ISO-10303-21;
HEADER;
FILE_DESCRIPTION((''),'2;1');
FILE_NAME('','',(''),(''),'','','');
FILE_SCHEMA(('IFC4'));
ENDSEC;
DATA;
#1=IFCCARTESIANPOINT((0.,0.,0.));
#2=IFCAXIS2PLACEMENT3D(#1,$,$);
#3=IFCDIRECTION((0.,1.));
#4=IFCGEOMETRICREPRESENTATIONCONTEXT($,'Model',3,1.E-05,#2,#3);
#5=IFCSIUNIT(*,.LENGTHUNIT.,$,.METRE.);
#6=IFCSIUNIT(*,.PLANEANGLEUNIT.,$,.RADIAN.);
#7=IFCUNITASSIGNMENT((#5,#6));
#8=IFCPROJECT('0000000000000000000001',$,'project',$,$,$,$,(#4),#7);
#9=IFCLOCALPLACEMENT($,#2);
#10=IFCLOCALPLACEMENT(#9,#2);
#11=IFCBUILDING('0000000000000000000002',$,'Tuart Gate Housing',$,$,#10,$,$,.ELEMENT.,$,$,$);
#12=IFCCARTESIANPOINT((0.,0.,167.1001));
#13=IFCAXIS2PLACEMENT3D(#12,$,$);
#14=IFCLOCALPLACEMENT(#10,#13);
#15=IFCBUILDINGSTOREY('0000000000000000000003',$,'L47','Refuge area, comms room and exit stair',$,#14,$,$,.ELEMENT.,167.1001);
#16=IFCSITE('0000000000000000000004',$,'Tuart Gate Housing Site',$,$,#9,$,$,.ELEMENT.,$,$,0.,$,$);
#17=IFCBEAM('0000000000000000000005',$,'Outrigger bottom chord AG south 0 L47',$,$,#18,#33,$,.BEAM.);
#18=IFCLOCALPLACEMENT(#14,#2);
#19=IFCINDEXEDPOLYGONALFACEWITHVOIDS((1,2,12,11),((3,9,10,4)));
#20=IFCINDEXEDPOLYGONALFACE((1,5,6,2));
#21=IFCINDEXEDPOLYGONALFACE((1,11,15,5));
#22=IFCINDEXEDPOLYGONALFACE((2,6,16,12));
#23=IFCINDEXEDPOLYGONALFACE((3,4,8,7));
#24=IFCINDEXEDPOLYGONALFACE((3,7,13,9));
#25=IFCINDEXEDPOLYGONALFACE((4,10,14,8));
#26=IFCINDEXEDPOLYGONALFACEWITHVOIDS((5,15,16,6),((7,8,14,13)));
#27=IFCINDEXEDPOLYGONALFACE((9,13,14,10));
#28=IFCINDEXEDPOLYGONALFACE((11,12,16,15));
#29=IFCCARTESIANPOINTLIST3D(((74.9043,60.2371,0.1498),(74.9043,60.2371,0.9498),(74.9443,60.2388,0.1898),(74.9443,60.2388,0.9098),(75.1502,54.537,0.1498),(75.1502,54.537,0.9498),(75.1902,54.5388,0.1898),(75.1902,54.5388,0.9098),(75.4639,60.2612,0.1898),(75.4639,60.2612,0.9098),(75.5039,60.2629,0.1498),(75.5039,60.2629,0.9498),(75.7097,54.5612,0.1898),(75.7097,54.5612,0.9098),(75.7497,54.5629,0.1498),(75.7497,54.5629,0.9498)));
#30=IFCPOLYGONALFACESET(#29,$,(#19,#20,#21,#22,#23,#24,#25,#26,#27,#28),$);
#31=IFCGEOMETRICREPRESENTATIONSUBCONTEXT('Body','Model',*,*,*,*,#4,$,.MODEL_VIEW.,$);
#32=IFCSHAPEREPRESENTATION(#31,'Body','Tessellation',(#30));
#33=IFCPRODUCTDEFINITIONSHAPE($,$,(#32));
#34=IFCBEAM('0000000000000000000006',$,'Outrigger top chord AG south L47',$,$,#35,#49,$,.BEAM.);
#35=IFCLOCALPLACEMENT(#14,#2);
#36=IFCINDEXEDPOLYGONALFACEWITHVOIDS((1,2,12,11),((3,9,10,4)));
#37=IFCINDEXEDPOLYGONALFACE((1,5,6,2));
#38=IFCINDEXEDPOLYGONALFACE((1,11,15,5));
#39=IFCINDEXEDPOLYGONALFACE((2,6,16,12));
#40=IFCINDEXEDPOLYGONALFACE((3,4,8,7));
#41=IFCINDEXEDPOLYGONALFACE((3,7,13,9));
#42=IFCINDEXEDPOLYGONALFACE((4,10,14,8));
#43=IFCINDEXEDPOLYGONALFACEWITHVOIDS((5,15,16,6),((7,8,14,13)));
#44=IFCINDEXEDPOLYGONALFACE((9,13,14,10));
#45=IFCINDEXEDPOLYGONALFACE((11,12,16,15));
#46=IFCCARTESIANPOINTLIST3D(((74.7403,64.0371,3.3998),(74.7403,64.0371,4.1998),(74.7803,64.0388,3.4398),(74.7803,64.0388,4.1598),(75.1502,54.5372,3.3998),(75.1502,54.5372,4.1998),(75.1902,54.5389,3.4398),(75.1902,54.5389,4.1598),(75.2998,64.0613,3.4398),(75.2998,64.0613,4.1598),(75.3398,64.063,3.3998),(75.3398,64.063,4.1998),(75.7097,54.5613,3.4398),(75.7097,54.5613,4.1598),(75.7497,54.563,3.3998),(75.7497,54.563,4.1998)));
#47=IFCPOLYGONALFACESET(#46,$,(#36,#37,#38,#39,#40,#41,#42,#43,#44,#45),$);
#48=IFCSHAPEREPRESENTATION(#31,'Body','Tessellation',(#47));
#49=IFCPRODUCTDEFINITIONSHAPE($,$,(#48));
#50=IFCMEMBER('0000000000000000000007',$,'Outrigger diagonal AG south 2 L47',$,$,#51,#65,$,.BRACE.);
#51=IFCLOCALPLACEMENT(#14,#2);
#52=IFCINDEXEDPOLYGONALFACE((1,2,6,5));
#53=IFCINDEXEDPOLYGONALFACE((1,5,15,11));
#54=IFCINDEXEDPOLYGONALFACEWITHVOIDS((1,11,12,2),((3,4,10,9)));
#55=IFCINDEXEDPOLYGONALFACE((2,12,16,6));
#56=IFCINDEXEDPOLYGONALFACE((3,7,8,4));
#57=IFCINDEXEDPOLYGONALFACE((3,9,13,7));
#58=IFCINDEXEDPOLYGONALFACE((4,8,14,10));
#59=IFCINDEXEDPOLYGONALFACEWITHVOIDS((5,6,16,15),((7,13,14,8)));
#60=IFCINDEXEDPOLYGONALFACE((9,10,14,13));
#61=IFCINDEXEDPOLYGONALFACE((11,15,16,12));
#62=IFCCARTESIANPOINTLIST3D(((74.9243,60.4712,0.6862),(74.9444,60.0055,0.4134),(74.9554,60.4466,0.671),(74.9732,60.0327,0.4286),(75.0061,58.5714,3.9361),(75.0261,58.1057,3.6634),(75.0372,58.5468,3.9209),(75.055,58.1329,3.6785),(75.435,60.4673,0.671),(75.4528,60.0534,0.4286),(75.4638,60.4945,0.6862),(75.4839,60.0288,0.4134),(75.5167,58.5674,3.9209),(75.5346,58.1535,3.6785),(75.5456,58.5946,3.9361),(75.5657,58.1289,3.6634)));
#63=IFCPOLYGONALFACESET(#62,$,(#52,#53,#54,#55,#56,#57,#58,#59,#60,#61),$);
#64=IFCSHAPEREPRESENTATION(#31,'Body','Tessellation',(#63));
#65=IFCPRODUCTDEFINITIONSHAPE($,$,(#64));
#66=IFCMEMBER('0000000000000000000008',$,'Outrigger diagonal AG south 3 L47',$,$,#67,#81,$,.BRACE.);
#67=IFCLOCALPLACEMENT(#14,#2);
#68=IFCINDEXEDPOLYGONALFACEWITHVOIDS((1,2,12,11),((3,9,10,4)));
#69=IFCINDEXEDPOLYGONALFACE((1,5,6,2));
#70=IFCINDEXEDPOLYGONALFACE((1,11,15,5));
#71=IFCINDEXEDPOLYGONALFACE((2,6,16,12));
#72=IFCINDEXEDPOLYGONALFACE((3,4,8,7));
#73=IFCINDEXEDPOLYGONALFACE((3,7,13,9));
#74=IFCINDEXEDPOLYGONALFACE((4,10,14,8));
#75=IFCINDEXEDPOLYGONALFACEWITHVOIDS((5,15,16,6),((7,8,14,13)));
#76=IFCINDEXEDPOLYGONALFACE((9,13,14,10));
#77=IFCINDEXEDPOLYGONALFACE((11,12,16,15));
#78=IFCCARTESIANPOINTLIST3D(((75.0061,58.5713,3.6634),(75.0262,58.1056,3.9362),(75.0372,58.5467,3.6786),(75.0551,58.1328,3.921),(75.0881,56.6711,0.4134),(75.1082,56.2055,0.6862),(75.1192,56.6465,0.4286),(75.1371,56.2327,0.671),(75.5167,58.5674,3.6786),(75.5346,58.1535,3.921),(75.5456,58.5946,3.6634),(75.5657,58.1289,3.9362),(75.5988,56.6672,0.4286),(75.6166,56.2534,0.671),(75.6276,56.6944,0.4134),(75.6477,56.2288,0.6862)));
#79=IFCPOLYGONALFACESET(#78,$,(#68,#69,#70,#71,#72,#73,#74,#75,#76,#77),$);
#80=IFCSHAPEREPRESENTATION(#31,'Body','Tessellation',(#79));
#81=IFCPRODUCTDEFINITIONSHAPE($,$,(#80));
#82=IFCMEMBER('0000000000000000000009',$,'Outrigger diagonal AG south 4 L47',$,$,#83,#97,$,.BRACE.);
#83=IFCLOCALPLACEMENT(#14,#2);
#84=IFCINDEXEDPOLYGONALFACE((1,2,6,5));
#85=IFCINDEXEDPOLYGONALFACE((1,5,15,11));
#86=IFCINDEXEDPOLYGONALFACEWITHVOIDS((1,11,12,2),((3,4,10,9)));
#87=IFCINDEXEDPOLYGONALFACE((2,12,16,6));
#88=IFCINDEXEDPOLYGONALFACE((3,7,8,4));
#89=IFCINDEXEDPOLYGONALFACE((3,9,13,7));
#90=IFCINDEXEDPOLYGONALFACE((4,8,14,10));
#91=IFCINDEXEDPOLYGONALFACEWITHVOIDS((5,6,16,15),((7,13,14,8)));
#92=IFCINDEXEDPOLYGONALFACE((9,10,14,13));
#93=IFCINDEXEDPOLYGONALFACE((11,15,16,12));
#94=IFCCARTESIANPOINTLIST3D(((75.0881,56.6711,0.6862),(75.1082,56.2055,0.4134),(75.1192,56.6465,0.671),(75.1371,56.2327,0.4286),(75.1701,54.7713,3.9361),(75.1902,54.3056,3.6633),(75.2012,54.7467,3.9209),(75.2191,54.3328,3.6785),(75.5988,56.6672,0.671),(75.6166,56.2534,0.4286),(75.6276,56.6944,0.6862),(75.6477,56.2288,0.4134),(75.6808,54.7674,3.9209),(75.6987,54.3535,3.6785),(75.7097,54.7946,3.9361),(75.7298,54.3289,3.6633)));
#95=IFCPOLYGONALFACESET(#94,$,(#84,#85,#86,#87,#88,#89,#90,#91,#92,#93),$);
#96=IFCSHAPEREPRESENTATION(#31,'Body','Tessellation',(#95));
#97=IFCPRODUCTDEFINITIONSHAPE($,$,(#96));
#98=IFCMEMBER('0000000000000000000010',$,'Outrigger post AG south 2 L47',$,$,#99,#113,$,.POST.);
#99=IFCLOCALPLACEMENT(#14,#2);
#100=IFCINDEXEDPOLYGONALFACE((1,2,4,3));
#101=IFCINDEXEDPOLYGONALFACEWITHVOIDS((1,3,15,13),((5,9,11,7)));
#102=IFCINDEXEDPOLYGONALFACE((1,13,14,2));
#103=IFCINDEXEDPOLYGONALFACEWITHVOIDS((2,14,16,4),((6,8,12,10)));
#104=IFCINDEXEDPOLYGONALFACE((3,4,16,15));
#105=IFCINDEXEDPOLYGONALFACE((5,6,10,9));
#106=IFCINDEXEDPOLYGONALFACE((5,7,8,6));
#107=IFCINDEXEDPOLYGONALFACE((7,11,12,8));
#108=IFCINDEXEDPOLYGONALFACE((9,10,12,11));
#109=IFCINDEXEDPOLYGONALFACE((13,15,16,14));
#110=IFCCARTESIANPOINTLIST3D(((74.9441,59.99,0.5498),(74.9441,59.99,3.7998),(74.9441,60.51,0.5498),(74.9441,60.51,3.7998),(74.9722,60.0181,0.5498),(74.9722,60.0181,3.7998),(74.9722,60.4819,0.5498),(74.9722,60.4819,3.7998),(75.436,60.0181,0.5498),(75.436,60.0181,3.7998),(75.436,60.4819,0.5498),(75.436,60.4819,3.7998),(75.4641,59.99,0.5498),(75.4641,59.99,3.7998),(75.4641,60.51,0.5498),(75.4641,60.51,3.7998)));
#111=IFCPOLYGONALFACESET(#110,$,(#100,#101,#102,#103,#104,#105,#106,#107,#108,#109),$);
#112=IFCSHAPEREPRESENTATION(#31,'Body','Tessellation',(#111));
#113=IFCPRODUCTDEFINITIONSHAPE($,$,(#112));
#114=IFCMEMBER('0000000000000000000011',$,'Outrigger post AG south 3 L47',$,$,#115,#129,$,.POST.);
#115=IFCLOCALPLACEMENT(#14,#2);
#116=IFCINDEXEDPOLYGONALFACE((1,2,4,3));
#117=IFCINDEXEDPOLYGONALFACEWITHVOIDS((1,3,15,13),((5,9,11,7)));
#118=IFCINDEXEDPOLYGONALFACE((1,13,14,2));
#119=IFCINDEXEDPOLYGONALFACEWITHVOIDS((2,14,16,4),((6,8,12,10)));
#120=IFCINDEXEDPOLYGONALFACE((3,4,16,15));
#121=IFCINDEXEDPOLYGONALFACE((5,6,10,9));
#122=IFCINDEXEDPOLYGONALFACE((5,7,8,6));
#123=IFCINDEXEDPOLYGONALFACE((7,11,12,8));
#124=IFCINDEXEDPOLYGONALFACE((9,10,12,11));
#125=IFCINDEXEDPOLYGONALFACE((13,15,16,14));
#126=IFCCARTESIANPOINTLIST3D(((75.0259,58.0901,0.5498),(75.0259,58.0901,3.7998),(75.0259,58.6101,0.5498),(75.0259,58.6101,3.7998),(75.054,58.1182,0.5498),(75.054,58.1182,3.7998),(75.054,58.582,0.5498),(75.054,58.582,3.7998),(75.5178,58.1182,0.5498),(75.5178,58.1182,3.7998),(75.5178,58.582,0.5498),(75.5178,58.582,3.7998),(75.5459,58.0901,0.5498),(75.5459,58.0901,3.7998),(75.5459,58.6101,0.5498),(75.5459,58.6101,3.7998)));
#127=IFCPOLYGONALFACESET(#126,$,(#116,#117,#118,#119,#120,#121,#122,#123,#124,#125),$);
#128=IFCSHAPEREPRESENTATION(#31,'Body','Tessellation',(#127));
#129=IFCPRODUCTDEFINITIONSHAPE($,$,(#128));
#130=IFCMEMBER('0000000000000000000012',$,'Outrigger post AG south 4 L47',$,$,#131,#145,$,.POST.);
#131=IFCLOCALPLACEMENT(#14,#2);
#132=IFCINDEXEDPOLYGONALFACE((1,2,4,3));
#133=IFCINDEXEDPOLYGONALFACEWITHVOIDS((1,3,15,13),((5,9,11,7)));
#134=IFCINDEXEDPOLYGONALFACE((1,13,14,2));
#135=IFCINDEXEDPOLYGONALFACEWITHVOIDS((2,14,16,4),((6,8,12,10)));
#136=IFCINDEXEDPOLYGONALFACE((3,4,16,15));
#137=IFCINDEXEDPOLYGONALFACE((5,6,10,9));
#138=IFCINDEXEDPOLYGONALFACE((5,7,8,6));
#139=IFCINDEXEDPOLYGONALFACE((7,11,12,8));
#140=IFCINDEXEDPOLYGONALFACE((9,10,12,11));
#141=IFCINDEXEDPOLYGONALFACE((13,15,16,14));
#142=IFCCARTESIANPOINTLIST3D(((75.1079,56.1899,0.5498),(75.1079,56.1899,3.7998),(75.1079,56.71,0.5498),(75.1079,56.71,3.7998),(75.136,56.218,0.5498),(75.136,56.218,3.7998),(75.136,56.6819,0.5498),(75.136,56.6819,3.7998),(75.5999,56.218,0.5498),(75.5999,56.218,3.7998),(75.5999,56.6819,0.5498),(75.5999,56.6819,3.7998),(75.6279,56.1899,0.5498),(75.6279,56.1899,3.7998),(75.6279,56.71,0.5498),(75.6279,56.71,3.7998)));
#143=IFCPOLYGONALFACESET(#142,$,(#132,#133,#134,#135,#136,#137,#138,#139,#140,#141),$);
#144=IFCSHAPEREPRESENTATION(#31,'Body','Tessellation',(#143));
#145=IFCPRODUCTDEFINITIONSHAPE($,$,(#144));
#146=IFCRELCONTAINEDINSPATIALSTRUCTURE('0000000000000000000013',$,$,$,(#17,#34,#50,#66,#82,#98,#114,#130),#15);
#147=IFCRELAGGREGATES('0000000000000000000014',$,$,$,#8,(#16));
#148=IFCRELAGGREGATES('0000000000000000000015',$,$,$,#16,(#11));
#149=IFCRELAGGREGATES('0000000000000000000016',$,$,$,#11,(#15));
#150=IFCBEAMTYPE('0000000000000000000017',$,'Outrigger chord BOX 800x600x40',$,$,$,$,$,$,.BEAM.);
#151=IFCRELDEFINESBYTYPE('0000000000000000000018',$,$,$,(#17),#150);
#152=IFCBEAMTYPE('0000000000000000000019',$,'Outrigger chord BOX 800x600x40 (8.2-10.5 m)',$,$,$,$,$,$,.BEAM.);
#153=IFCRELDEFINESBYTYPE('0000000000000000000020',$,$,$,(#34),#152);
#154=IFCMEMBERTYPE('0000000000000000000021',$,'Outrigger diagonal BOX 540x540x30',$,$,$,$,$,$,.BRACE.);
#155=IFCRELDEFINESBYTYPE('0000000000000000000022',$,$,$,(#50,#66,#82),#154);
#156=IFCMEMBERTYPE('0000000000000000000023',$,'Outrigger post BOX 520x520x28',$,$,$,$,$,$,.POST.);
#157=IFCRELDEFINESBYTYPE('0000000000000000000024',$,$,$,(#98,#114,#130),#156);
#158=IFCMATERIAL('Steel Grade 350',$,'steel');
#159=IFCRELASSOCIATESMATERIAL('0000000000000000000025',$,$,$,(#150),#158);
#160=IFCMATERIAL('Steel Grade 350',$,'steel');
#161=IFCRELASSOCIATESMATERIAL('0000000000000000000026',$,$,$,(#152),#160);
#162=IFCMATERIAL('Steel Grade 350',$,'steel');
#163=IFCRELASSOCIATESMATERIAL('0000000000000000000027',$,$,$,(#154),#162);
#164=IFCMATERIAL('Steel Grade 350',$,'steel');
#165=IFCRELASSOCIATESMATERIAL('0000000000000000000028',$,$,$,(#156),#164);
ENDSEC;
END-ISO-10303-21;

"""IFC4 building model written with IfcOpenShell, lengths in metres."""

from ifc_helpers import new_model, si_unit, direction, frame, origin, origin_2d, place, context, subcontext, project, spatial, hollow_rectangle, extrude, material, material_profile, profile_set, type_object, element, save


model = new_model("IFC4")

# Units and contexts
model_context = context("Model", 3, precision=1e-05, world=origin(), true_north=direction((0.0, 1.0)))
body_context = subcontext(model_context, "Body", "Model", "MODEL_VIEW")
ifc_project = project(units=[si_unit("LENGTHUNIT", "METRE"), si_unit("PLANEANGLEUNIT", "RADIAN")], contexts=[model_context])

# Site, building, storey
site_placement = place(None, origin())
site = spatial("IfcSite", under=ifc_project, at=site_placement, Name="Tuart Gate Housing Site", CompositionType="ELEMENT", RefElevation=0.0)
building_placement = place(site_placement, origin())
building = spatial("IfcBuilding", under=site, at=building_placement, Name="Tuart Gate Housing", CompositionType="ELEMENT")
storey_placement = place(building_placement, frame((0.0, 0.0, 167.1001)))
storey = spatial("IfcBuildingStorey", under=building, at=storey_placement, Name="L47", Description="Refuge area, comms room and exit stair", CompositionType="ELEMENT", Elevation=167.1001)

# Beams
ifc_material_1 = material(Name="Steel Grade 350", Category="steel")
ifc_material_profile_1 = material_profile(ifc_material_1, hollow_rectangle(XDim=0.6001, YDim=0.8, WallThickness=0.04, at=origin_2d()), Name="BOX 800x600x40")
ifc_profile_set_1 = profile_set([ifc_material_profile_1], Name="Steel Grade 350")
beam_type_1 = type_object("IfcBeamType", Name="Outrigger chord BOX 800x600x40", PredefinedType="BEAM", material=ifc_profile_set_1)
beam_1_placement = place(storey_placement, frame((75.2041, 60.25, 0.5498), z_axis=(0.043092, -0.999071, 0.0), x_axis=(0.999071, 0.043092, 0.0)))
element("IfcBeam", 1, at=beam_1_placement, inside=storey, type_object=beam_type_1, Name="Outrigger bottom chord AG south 0 L47", PredefinedType="BEAM", context=body_context, shape_type="SweptSolid", body=[
    extrude(hollow_rectangle(XDim=0.6001, YDim=0.8, WallThickness=0.04, at=origin_2d()), origin(), (0.0, 0.0, 1.0), 5.7053),
])
ifc_material_2 = material(Name="Steel Grade 350", Category="steel")
ifc_material_profile_2 = material_profile(ifc_material_2, hollow_rectangle(XDim=0.6001, YDim=0.8, WallThickness=0.04, at=origin_2d()), Name="BOX 800x600x40")
ifc_profile_set_2 = profile_set([ifc_material_profile_2], Name="Steel Grade 350")
beam_type_2 = type_object("IfcBeamType", Name="Outrigger chord BOX 800x600x40 (8.2-10.5 m)", PredefinedType="BEAM", material=ifc_profile_set_2)
beam_2_placement = place(storey_placement, frame((75.04, 64.05, 3.7998), z_axis=(0.043109, -0.99907, 0.0), x_axis=(0.99907, 0.043109, 0.0)))
element("IfcBeam", 2, at=beam_2_placement, inside=storey, type_object=beam_type_2, Name="Outrigger top chord AG south L47", PredefinedType="BEAM", context=body_context, shape_type="SweptSolid", body=[
    extrude(hollow_rectangle(XDim=0.6001, YDim=0.8, WallThickness=0.04, at=origin_2d()), origin(), (0.0, 0.0, 1.0), 9.5088),
])

# Members
ifc_material_3 = material(Name="Steel Grade 350", Category="steel")
ifc_material_profile_3 = material_profile(ifc_material_3, hollow_rectangle(XDim=0.54, YDim=0.54, WallThickness=0.03, at=origin_2d()), Name="BOX 540x540x30")
ifc_profile_set_3 = profile_set([ifc_material_profile_3], Name="Steel Grade 350")
member_type_1 = type_object("IfcMemberType", Name="Outrigger diagonal BOX 540x540x30", PredefinedType="BRACE", material=ifc_profile_set_3)
member_1_placement = place(storey_placement, frame((75.2041, 60.25, 0.5498), z_axis=(0.02172, -0.504558, 0.863104), x_axis=(0.999075, 0.043008, 0.0)))
element("IfcMember", 3, at=member_1_placement, inside=storey, type_object=member_type_1, Name="Outrigger diagonal AG south 2 L47", PredefinedType="BRACE", context=body_context, shape_type="SweptSolid", body=[
    extrude(hollow_rectangle(XDim=0.54, YDim=0.54, WallThickness=0.03, at=origin_2d()), origin(), (0.0, 0.0, 1.0), 3.7654),
])
member_2_placement = place(storey_placement, frame((75.2859, 58.3501, 3.7998), z_axis=(0.021784, -0.504606, -0.863075), x_axis=(0.999069, 0.043131, 0.0)))
element("IfcMember", 4, at=member_2_placement, inside=storey, type_object=member_type_1, Name="Outrigger diagonal AG south 3 L47", PredefinedType="BRACE", context=body_context, shape_type="SweptSolid", body=[
    extrude(hollow_rectangle(XDim=0.54, YDim=0.54, WallThickness=0.03, at=origin_2d()), origin(), (0.0, 0.0, 1.0), 3.7656),
])
member_3_placement = place(storey_placement, frame((75.3679, 56.45, 0.5498), z_axis=(0.021785, -0.504557, 0.863103), x_axis=(0.999069, 0.043136, 0.0)))
element("IfcMember", 5, at=member_3_placement, inside=storey, type_object=member_type_1, Name="Outrigger diagonal AG south 4 L47", PredefinedType="BRACE", context=body_context, shape_type="SweptSolid", body=[
    extrude(hollow_rectangle(XDim=0.54, YDim=0.54, WallThickness=0.03, at=origin_2d()), origin(), (0.0, 0.0, 1.0), 3.7654),
])
ifc_material_4 = material(Name="Steel Grade 350", Category="steel")
ifc_material_profile_4 = material_profile(ifc_material_4, hollow_rectangle(XDim=0.52, YDim=0.52, WallThickness=0.0281, at=origin_2d()), Name="BOX 520x520x28")
ifc_profile_set_4 = profile_set([ifc_material_profile_4], Name="Steel Grade 350")
member_type_2 = type_object("IfcMemberType", Name="Outrigger post BOX 520x520x28", PredefinedType="POST", material=ifc_profile_set_4)
for number, where, z_axis, x_axis, name in (
    (6, (75.2041, 60.25, 0.5498), (0.0, 0.0, 1.0), (1.0, 0.0, 0.0), "Outrigger post AG south 2 L47"),
    (7, (75.2859, 58.3501, 0.5498), (0.0, 0.0, 1.0), (1.0, 0.0, 0.0), "Outrigger post AG south 3 L47"),
    (8, (75.3679, 56.45, 0.5498), (0.0, 0.0, 1.0), (1.0, 0.0, 0.0), "Outrigger post AG south 4 L47"),
):
    element("IfcMember", number, at=place(storey_placement, frame(where, z_axis=z_axis, x_axis=x_axis)), inside=storey, type_object=member_type_2, Name=name, PredefinedType="POST", context=body_context, shape_type="SweptSolid", body=[
        extrude(hollow_rectangle(XDim=0.52, YDim=0.52, WallThickness=0.0281, at=origin_2d()), origin(), (0.0, 0.0, 1.0), 3.25),
    ])

save(model, "model.ifc")
